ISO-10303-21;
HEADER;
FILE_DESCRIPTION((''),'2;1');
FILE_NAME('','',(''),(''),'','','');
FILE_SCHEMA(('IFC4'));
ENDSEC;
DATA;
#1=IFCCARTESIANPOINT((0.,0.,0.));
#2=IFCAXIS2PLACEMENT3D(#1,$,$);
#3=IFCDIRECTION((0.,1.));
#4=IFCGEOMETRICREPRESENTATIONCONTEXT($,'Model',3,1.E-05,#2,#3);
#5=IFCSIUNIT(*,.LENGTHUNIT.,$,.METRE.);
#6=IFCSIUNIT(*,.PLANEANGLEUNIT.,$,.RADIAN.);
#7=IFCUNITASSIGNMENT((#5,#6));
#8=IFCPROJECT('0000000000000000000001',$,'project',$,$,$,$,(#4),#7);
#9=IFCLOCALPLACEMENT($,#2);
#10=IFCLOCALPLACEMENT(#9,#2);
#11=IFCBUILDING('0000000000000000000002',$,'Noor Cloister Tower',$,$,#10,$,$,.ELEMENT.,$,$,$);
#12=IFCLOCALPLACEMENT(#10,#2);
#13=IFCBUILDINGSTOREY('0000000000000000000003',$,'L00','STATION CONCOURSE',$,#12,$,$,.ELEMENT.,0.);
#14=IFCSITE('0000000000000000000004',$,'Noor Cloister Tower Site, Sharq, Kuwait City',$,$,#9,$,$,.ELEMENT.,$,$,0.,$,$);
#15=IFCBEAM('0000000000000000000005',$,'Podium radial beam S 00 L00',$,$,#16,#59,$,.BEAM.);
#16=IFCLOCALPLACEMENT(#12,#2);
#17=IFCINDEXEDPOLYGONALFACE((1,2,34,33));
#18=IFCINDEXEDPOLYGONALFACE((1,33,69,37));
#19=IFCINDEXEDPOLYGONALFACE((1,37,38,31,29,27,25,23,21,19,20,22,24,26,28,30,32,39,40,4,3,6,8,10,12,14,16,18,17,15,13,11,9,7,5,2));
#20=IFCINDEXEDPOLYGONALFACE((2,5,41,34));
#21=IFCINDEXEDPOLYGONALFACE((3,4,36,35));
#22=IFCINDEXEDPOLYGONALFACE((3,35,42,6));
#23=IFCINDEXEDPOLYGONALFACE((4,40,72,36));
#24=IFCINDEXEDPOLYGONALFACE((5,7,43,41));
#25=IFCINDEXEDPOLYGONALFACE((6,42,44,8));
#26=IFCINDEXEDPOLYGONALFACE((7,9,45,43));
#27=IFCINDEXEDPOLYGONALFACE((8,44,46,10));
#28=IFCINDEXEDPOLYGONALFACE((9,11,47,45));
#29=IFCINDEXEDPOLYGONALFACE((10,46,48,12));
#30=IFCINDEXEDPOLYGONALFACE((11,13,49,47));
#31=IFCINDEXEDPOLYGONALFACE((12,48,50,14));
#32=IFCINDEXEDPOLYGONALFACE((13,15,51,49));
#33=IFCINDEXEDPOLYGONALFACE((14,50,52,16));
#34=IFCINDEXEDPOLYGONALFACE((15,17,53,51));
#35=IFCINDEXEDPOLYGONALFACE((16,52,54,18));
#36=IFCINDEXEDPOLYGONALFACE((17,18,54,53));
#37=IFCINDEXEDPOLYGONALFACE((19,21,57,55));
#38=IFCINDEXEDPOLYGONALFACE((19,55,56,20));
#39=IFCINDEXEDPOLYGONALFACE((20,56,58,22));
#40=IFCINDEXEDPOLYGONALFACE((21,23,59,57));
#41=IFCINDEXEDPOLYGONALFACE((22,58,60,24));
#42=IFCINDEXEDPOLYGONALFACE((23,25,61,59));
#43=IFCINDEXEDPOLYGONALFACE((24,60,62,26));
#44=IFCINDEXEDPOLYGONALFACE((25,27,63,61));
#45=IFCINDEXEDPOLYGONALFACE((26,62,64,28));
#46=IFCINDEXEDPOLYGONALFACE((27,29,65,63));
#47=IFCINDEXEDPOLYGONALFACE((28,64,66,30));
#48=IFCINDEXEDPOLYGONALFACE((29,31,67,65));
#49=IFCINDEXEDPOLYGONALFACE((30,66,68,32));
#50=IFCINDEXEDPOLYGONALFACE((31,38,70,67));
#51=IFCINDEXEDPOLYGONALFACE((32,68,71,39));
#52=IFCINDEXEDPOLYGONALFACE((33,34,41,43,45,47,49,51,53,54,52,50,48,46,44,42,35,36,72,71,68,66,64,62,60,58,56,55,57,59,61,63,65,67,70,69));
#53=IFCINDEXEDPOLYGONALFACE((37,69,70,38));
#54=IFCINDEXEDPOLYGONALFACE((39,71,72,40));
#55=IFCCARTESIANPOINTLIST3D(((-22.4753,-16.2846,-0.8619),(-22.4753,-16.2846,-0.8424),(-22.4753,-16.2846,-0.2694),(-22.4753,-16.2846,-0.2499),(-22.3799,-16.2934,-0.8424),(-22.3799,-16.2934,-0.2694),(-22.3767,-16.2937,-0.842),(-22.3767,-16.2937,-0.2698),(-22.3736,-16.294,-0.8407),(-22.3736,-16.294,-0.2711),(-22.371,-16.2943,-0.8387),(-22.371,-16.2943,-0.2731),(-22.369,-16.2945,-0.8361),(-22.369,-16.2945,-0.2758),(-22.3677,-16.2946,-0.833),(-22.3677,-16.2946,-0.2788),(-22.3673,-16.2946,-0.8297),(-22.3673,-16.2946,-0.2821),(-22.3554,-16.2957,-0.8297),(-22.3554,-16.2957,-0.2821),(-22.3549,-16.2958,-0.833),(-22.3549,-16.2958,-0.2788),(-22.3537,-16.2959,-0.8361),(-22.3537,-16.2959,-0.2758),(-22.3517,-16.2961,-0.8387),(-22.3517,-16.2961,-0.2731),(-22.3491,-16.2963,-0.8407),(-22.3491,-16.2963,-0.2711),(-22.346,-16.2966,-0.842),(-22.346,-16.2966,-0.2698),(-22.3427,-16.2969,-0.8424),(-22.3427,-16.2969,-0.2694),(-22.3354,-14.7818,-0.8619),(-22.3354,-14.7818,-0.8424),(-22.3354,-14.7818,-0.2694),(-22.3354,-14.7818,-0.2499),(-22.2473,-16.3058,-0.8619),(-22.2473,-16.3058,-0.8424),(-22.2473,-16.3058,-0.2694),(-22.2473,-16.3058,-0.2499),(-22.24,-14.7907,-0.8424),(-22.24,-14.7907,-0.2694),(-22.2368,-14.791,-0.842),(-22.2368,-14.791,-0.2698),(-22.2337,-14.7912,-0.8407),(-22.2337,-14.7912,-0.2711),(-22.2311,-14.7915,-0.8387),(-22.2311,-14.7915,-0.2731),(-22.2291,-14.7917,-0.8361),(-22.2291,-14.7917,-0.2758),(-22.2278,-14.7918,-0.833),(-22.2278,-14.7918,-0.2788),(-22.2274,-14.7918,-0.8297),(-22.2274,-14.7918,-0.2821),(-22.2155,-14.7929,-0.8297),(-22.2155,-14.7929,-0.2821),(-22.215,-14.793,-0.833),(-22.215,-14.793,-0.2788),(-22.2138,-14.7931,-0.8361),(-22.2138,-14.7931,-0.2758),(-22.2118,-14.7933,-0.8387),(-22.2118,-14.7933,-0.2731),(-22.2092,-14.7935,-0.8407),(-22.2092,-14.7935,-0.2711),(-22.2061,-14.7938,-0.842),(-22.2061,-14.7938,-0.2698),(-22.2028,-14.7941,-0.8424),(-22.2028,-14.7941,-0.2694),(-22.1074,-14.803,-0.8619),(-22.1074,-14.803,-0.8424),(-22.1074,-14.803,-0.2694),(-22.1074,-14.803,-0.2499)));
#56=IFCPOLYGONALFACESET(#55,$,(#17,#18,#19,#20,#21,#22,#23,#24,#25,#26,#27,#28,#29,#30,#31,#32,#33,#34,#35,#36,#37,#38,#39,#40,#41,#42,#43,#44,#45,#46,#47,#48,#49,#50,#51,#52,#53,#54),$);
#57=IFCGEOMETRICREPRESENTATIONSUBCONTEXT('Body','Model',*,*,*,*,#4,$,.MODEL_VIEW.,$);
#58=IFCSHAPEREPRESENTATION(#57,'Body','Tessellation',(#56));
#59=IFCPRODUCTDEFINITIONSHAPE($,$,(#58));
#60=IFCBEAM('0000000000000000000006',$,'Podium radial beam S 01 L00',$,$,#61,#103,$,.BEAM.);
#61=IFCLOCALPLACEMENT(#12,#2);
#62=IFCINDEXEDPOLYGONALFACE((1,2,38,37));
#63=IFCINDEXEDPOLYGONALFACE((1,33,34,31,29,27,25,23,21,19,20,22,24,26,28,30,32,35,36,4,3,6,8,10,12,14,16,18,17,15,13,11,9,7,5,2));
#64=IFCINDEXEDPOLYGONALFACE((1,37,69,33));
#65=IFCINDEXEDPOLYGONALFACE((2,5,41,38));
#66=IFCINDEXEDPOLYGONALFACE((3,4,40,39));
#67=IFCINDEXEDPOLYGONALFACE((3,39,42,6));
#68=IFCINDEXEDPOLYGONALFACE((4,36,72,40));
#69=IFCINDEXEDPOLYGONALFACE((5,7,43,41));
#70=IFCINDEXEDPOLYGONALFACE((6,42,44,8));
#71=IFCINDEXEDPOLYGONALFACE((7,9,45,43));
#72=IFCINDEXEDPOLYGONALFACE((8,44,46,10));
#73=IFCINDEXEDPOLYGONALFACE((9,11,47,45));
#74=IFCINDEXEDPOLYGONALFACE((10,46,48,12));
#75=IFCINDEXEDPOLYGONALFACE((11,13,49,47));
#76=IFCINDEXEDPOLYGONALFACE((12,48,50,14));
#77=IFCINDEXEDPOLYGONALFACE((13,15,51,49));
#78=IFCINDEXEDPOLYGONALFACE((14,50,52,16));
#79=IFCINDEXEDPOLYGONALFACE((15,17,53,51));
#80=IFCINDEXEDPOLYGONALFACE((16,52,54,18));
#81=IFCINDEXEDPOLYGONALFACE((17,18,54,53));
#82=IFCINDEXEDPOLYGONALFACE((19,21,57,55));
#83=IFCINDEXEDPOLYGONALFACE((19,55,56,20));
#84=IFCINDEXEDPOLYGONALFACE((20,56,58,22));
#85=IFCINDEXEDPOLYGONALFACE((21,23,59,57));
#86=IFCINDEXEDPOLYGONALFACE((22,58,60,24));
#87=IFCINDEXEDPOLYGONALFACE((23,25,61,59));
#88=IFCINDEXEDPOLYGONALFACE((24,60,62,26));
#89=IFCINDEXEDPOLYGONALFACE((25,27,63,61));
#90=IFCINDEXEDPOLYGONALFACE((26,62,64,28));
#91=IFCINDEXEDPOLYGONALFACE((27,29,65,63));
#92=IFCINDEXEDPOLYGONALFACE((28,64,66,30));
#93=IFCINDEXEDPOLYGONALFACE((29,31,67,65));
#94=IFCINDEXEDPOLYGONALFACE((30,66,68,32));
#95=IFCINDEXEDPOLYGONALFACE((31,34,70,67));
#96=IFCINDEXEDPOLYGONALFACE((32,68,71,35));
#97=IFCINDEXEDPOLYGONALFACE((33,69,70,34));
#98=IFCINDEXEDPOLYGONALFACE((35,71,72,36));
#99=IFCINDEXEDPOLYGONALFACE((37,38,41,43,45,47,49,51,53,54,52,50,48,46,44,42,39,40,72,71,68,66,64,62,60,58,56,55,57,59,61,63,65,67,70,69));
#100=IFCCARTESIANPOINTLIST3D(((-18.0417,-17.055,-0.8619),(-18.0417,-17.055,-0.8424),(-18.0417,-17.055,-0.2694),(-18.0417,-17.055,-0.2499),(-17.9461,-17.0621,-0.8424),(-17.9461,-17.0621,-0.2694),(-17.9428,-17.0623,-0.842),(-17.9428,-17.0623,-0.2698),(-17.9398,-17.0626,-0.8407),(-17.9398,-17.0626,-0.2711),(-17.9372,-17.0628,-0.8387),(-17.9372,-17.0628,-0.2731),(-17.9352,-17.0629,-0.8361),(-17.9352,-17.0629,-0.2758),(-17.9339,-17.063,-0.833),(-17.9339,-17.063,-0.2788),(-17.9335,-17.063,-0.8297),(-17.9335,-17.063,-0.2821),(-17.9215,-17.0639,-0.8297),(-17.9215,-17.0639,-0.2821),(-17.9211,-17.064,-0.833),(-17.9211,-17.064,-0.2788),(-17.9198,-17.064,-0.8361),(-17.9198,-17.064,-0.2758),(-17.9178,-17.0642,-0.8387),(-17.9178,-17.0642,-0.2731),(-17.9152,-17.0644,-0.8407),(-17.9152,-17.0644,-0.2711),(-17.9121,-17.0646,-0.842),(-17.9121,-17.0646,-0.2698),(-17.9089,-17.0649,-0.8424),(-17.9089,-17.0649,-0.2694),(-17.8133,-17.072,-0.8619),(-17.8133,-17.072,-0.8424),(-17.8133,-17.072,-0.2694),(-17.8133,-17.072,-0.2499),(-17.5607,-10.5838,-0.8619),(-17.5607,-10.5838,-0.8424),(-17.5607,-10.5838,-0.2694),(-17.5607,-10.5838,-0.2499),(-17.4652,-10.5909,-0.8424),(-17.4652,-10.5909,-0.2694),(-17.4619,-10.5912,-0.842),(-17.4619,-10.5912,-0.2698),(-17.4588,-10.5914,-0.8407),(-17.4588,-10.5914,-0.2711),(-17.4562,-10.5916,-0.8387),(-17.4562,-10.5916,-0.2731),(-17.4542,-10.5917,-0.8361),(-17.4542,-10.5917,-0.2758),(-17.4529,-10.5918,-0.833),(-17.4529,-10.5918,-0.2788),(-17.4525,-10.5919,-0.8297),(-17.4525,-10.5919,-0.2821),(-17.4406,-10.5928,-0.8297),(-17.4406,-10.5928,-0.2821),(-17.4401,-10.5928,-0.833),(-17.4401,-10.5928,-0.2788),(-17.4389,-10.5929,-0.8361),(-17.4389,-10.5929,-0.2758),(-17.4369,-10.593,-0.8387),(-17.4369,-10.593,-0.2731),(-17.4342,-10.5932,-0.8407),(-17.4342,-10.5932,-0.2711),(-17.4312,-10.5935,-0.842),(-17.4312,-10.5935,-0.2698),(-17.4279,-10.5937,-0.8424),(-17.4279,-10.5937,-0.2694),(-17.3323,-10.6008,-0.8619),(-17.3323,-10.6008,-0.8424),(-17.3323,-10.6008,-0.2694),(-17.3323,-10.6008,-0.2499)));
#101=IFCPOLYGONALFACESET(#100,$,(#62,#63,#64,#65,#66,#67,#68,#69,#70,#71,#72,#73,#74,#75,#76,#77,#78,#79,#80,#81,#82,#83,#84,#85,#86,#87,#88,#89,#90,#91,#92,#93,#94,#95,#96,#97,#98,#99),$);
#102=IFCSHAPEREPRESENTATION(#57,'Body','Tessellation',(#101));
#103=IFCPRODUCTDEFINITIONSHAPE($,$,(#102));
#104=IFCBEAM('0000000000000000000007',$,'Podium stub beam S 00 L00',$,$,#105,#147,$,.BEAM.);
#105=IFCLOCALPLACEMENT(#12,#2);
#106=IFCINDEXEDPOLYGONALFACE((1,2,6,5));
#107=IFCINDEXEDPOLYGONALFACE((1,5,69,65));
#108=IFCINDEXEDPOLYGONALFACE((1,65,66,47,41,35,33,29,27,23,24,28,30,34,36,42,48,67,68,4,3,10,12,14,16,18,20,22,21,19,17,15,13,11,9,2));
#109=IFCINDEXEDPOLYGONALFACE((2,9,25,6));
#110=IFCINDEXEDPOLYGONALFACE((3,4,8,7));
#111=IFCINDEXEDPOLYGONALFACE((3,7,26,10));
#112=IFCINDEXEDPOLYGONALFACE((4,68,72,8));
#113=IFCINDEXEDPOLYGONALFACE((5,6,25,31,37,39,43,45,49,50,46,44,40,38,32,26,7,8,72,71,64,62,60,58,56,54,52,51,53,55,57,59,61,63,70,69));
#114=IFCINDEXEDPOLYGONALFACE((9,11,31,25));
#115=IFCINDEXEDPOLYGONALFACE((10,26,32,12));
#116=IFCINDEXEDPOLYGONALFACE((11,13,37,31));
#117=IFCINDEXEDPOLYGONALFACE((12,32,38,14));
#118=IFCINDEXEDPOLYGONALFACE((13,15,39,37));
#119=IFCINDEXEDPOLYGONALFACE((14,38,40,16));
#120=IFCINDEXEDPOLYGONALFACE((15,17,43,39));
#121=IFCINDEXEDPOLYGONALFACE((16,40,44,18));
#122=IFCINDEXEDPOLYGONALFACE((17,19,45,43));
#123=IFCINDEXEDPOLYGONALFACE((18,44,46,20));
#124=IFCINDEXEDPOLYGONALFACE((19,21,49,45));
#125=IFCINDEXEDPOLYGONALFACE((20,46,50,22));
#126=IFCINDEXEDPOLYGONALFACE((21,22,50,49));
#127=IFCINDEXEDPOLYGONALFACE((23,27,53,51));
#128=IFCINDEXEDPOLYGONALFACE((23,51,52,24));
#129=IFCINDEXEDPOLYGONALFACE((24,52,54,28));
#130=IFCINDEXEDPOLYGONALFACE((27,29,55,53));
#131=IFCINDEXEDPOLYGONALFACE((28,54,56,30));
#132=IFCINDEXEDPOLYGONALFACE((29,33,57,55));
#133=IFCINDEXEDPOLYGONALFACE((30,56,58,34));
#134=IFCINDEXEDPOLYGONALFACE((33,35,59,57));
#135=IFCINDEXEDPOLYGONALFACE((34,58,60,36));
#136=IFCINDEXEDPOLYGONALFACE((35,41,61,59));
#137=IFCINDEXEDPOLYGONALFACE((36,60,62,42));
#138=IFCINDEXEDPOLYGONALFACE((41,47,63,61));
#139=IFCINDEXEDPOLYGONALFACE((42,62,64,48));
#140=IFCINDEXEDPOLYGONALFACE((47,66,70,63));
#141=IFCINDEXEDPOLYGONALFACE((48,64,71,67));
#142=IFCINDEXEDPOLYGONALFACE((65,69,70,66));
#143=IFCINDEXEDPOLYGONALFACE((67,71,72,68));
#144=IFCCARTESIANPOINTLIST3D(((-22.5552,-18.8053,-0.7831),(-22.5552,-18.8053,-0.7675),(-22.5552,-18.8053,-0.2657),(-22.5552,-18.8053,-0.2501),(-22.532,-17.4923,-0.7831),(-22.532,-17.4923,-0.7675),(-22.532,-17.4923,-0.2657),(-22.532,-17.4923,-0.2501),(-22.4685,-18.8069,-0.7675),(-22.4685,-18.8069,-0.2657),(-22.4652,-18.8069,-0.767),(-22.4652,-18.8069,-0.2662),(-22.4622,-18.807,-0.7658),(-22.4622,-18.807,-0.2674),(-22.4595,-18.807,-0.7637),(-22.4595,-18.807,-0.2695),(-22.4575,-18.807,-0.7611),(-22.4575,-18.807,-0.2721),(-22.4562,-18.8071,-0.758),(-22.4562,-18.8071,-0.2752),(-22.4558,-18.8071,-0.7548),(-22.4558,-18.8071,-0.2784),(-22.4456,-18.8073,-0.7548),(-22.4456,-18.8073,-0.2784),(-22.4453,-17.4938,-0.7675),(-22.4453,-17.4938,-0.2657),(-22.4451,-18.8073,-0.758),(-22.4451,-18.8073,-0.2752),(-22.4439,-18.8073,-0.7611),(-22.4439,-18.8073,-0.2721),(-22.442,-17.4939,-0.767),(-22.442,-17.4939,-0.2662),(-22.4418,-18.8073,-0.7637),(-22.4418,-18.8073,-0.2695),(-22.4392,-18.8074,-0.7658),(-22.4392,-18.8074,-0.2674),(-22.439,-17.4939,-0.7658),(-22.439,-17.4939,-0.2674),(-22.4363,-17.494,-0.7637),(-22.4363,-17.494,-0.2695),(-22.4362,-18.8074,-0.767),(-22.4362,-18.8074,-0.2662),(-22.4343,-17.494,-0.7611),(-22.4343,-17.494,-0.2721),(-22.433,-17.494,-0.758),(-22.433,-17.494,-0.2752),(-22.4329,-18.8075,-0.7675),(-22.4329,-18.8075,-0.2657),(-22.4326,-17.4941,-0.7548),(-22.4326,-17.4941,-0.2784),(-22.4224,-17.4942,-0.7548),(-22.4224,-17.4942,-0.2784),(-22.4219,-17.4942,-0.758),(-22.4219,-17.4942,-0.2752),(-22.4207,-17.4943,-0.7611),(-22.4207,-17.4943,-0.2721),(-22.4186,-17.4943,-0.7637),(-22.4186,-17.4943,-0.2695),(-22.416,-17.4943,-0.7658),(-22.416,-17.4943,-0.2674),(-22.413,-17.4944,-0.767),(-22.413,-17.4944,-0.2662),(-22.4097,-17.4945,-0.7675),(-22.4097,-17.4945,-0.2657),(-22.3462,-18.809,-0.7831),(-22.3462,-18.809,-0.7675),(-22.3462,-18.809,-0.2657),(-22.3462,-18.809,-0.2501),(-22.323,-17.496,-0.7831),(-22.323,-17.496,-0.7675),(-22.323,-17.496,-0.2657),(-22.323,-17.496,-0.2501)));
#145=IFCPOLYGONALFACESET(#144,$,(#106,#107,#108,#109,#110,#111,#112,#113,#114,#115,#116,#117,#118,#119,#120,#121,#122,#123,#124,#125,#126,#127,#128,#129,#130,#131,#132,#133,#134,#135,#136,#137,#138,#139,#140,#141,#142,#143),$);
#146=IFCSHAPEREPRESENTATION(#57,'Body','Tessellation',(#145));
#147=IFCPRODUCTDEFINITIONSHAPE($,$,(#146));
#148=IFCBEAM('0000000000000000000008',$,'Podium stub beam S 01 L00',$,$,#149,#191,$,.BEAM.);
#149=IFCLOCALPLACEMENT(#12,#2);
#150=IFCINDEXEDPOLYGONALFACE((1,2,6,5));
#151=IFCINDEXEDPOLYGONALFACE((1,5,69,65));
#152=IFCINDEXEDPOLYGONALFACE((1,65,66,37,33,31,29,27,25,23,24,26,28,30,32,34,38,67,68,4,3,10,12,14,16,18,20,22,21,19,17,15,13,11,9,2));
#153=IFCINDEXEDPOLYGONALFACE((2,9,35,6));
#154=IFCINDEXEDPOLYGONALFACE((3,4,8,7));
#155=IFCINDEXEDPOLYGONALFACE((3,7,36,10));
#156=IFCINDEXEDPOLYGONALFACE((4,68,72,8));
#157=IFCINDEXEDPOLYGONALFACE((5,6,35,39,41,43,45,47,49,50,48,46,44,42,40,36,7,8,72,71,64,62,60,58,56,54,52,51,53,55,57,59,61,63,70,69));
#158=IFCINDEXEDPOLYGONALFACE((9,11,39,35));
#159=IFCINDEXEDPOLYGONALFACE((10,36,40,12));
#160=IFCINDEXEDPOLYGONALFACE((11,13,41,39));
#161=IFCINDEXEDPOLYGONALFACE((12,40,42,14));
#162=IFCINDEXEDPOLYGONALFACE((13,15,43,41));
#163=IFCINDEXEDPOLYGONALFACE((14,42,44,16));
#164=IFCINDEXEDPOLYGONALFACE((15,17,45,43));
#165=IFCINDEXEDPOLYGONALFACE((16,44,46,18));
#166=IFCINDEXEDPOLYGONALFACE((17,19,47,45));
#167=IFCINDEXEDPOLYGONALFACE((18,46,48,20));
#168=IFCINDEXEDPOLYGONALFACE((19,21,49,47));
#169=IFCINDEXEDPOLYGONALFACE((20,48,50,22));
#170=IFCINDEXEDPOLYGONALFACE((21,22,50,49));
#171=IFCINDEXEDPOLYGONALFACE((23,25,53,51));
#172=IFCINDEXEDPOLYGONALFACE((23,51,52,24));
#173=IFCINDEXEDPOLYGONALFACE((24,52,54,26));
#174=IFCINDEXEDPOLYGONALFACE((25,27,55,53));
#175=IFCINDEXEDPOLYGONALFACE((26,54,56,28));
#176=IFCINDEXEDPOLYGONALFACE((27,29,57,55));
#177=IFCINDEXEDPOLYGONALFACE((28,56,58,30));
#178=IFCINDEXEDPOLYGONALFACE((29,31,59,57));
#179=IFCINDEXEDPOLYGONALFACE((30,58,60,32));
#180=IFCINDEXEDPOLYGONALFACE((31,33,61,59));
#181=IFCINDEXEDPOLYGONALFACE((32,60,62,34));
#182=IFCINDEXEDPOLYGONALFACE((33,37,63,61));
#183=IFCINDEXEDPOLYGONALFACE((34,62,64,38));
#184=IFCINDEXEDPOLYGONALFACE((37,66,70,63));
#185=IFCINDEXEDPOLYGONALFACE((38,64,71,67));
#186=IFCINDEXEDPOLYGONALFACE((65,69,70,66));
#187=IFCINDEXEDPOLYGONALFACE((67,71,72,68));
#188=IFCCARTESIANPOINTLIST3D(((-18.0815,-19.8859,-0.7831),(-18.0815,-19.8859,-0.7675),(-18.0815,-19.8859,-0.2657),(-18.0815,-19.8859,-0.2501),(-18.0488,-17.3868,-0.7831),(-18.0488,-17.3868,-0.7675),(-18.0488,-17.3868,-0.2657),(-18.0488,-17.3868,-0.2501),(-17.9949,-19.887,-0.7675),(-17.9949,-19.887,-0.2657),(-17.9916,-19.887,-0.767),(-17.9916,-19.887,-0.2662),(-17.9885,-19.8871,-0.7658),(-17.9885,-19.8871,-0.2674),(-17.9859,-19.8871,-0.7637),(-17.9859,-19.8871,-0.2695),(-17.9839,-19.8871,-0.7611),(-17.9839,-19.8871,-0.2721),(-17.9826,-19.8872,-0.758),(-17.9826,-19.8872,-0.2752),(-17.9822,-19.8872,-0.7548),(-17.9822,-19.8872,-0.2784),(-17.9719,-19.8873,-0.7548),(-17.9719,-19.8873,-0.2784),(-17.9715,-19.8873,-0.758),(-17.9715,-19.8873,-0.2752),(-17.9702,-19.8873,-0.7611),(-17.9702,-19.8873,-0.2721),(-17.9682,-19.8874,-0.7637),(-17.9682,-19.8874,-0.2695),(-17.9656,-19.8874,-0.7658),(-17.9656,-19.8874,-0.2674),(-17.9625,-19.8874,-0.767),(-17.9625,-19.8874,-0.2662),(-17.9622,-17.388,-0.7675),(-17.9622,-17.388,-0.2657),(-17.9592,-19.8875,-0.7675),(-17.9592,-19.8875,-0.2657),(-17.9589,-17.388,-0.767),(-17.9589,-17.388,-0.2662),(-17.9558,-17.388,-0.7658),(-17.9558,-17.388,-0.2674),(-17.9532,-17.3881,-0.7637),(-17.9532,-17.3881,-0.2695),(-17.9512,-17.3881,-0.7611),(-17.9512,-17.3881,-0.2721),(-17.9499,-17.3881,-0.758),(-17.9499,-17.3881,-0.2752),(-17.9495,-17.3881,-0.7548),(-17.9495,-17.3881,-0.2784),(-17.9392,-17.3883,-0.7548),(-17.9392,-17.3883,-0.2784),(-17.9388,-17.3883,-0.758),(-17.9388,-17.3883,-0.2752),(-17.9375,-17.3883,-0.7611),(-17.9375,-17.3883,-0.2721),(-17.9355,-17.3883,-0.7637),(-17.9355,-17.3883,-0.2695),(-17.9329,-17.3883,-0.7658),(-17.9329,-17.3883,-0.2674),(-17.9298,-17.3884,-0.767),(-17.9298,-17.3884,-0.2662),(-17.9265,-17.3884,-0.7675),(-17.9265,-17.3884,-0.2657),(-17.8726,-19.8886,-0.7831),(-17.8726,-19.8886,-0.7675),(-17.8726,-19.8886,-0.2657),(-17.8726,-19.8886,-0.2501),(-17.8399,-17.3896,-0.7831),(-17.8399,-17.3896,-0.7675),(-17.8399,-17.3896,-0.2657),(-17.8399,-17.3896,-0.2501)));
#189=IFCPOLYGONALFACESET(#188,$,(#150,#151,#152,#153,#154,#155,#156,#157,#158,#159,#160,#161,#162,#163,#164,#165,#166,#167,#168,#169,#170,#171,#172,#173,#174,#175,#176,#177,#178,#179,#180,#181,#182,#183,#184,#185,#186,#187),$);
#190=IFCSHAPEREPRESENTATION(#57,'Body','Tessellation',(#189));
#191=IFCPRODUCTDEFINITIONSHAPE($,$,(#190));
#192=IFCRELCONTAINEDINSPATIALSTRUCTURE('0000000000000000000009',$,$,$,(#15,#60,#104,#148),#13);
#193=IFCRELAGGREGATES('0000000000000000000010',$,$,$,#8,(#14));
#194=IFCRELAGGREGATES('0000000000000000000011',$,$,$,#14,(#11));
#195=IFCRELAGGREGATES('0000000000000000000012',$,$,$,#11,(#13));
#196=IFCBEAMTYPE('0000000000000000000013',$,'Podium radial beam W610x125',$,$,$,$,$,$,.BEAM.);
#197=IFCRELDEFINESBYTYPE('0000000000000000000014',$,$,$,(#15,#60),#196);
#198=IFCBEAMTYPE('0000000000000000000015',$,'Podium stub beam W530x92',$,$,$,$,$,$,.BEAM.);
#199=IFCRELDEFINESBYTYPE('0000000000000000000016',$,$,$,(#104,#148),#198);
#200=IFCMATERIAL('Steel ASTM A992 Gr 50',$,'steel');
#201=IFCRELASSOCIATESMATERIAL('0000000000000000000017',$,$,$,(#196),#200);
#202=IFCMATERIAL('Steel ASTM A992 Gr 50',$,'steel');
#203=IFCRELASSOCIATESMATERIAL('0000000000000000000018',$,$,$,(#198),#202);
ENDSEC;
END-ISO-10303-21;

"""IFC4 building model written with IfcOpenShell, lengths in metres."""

from ifc_helpers import new_model, si_unit, direction, frame, origin, origin_2d, place, context, subcontext, project, spatial, i_section, extrude, material, material_profile, profile_set, type_object, element, save


model = new_model("IFC4")

# Units and contexts
model_context = context("Model", 3, precision=1e-05, world=origin(), true_north=direction((0.0, 1.0)))
body_context = subcontext(model_context, "Body", "Model", "MODEL_VIEW")
ifc_project = project(units=[si_unit("LENGTHUNIT", "METRE"), si_unit("PLANEANGLEUNIT", "RADIAN")], contexts=[model_context])

# Site, building, storey
site_placement = place(None, origin())
site = spatial("IfcSite", under=ifc_project, at=site_placement, Name="Noor Cloister Tower Site, Sharq, Kuwait City", CompositionType="ELEMENT", RefElevation=0.0)
building_placement = place(site_placement, origin())
building = spatial("IfcBuilding", under=site, at=building_placement, Name="Noor Cloister Tower", CompositionType="ELEMENT")
storey_placement = place(building_placement, origin())
storey = spatial("IfcBuildingStorey", under=building, at=storey_placement, Name="L00", Description="STATION CONCOURSE", CompositionType="ELEMENT", Elevation=0.0)

# Beams
ifc_material_1 = material(Name="Steel ASTM A992 Gr 50", Category="steel")
ifc_material_profile_1 = material_profile(ifc_material_1, i_section(OverallWidth=0.229, OverallDepth=0.6121, WebThickness=0.012, FlangeThickness=0.0195, FilletRadius=0.0127, at=origin_2d()), Name="W610x125")
ifc_profile_set_1 = profile_set([ifc_material_profile_1], Name="Steel ASTM A992 Gr 50")
beam_type_1 = type_object("IfcBeamType", Name="Podium radial beam W610x125", PredefinedType="BEAM", material=ifc_profile_set_1)
for number, where, z_axis, x_axis, name in (
    (1, (-22.3613, -16.2952, -0.5559), (0.092694, 0.995695, 0.0), (-0.995695, 0.092694, 0.0), "Podium radial beam S 00 L00"),
):
    element("IfcBeam", number, at=place(storey_placement, frame(where, z_axis=z_axis, x_axis=x_axis)), inside=storey, type_object=beam_type_1, Name=name, PredefinedType="BEAM", context=body_context, shape_type="SweptSolid", body=[
        extrude(i_section(OverallWidth=0.229, OverallDepth=0.6121, WebThickness=0.012, FlangeThickness=0.0195, FilletRadius=0.0127, at=origin_2d()), origin(), (0.0, 0.0, 1.0), 1.5093),
    ])
beam_1_placement = place(storey_placement, frame((-17.9275, -17.0635, -0.5559), z_axis=(0.074118, 0.997249, 0.0), x_axis=(-0.997249, 0.074118, 0.0)))
element("IfcBeam", 2, at=beam_1_placement, inside=storey, type_object=beam_type_1, Name="Podium radial beam S 01 L00", PredefinedType="BEAM", context=body_context, shape_type="SweptSolid", body=[
    extrude(i_section(OverallWidth=0.229, OverallDepth=0.6121, WebThickness=0.012, FlangeThickness=0.0195, FilletRadius=0.0127, at=origin_2d()), origin(), (0.0, 0.0, 1.0), 6.489),
])
ifc_material_2 = material(Name="Steel ASTM A992 Gr 50", Category="steel")
ifc_material_profile_2 = material_profile(ifc_material_2, i_section(OverallWidth=0.209, OverallDepth=0.533, WebThickness=0.0103, FlangeThickness=0.0156, FilletRadius=0.0127, at=origin_2d()), Name="W530x92")
ifc_profile_set_2 = profile_set([ifc_material_profile_2], Name="Steel ASTM A992 Gr 50")
beam_type_2 = type_object("IfcBeamType", Name="Podium stub beam W530x92", PredefinedType="BEAM", material=ifc_profile_set_2)
beam_2_placement = place(storey_placement, frame((-22.4275, -17.4941, -0.5166), z_axis=(-0.017662, -0.999844, 0.0), x_axis=(0.999844, -0.017662, 0.0)))
element("IfcBeam", 3, at=beam_2_placement, inside=storey, type_object=beam_type_2, Name="Podium stub beam S 00 L00", PredefinedType="BEAM", context=body_context, shape_type="SweptSolid", body=[
    extrude(i_section(OverallWidth=0.209, OverallDepth=0.533, WebThickness=0.0103, FlangeThickness=0.0156, FilletRadius=0.0127, at=origin_2d()), origin(), (0.0, 0.0, 1.0), 1.3132),
])
beam_3_placement = place(storey_placement, frame((-17.9443, -17.3882, -0.5166), z_axis=(-0.01309, -0.999914, 0.0), x_axis=(0.999914, -0.01309, 0.0)))
element("IfcBeam", 4, at=beam_3_placement, inside=storey, type_object=beam_type_2, Name="Podium stub beam S 01 L00", PredefinedType="BEAM", context=body_context, shape_type="SweptSolid", body=[
    extrude(i_section(OverallWidth=0.209, OverallDepth=0.533, WebThickness=0.0103, FlangeThickness=0.0156, FilletRadius=0.0127, at=origin_2d()), origin(), (0.0, 0.0, 1.0), 2.4993),
])

save(model, "model.ifc")
